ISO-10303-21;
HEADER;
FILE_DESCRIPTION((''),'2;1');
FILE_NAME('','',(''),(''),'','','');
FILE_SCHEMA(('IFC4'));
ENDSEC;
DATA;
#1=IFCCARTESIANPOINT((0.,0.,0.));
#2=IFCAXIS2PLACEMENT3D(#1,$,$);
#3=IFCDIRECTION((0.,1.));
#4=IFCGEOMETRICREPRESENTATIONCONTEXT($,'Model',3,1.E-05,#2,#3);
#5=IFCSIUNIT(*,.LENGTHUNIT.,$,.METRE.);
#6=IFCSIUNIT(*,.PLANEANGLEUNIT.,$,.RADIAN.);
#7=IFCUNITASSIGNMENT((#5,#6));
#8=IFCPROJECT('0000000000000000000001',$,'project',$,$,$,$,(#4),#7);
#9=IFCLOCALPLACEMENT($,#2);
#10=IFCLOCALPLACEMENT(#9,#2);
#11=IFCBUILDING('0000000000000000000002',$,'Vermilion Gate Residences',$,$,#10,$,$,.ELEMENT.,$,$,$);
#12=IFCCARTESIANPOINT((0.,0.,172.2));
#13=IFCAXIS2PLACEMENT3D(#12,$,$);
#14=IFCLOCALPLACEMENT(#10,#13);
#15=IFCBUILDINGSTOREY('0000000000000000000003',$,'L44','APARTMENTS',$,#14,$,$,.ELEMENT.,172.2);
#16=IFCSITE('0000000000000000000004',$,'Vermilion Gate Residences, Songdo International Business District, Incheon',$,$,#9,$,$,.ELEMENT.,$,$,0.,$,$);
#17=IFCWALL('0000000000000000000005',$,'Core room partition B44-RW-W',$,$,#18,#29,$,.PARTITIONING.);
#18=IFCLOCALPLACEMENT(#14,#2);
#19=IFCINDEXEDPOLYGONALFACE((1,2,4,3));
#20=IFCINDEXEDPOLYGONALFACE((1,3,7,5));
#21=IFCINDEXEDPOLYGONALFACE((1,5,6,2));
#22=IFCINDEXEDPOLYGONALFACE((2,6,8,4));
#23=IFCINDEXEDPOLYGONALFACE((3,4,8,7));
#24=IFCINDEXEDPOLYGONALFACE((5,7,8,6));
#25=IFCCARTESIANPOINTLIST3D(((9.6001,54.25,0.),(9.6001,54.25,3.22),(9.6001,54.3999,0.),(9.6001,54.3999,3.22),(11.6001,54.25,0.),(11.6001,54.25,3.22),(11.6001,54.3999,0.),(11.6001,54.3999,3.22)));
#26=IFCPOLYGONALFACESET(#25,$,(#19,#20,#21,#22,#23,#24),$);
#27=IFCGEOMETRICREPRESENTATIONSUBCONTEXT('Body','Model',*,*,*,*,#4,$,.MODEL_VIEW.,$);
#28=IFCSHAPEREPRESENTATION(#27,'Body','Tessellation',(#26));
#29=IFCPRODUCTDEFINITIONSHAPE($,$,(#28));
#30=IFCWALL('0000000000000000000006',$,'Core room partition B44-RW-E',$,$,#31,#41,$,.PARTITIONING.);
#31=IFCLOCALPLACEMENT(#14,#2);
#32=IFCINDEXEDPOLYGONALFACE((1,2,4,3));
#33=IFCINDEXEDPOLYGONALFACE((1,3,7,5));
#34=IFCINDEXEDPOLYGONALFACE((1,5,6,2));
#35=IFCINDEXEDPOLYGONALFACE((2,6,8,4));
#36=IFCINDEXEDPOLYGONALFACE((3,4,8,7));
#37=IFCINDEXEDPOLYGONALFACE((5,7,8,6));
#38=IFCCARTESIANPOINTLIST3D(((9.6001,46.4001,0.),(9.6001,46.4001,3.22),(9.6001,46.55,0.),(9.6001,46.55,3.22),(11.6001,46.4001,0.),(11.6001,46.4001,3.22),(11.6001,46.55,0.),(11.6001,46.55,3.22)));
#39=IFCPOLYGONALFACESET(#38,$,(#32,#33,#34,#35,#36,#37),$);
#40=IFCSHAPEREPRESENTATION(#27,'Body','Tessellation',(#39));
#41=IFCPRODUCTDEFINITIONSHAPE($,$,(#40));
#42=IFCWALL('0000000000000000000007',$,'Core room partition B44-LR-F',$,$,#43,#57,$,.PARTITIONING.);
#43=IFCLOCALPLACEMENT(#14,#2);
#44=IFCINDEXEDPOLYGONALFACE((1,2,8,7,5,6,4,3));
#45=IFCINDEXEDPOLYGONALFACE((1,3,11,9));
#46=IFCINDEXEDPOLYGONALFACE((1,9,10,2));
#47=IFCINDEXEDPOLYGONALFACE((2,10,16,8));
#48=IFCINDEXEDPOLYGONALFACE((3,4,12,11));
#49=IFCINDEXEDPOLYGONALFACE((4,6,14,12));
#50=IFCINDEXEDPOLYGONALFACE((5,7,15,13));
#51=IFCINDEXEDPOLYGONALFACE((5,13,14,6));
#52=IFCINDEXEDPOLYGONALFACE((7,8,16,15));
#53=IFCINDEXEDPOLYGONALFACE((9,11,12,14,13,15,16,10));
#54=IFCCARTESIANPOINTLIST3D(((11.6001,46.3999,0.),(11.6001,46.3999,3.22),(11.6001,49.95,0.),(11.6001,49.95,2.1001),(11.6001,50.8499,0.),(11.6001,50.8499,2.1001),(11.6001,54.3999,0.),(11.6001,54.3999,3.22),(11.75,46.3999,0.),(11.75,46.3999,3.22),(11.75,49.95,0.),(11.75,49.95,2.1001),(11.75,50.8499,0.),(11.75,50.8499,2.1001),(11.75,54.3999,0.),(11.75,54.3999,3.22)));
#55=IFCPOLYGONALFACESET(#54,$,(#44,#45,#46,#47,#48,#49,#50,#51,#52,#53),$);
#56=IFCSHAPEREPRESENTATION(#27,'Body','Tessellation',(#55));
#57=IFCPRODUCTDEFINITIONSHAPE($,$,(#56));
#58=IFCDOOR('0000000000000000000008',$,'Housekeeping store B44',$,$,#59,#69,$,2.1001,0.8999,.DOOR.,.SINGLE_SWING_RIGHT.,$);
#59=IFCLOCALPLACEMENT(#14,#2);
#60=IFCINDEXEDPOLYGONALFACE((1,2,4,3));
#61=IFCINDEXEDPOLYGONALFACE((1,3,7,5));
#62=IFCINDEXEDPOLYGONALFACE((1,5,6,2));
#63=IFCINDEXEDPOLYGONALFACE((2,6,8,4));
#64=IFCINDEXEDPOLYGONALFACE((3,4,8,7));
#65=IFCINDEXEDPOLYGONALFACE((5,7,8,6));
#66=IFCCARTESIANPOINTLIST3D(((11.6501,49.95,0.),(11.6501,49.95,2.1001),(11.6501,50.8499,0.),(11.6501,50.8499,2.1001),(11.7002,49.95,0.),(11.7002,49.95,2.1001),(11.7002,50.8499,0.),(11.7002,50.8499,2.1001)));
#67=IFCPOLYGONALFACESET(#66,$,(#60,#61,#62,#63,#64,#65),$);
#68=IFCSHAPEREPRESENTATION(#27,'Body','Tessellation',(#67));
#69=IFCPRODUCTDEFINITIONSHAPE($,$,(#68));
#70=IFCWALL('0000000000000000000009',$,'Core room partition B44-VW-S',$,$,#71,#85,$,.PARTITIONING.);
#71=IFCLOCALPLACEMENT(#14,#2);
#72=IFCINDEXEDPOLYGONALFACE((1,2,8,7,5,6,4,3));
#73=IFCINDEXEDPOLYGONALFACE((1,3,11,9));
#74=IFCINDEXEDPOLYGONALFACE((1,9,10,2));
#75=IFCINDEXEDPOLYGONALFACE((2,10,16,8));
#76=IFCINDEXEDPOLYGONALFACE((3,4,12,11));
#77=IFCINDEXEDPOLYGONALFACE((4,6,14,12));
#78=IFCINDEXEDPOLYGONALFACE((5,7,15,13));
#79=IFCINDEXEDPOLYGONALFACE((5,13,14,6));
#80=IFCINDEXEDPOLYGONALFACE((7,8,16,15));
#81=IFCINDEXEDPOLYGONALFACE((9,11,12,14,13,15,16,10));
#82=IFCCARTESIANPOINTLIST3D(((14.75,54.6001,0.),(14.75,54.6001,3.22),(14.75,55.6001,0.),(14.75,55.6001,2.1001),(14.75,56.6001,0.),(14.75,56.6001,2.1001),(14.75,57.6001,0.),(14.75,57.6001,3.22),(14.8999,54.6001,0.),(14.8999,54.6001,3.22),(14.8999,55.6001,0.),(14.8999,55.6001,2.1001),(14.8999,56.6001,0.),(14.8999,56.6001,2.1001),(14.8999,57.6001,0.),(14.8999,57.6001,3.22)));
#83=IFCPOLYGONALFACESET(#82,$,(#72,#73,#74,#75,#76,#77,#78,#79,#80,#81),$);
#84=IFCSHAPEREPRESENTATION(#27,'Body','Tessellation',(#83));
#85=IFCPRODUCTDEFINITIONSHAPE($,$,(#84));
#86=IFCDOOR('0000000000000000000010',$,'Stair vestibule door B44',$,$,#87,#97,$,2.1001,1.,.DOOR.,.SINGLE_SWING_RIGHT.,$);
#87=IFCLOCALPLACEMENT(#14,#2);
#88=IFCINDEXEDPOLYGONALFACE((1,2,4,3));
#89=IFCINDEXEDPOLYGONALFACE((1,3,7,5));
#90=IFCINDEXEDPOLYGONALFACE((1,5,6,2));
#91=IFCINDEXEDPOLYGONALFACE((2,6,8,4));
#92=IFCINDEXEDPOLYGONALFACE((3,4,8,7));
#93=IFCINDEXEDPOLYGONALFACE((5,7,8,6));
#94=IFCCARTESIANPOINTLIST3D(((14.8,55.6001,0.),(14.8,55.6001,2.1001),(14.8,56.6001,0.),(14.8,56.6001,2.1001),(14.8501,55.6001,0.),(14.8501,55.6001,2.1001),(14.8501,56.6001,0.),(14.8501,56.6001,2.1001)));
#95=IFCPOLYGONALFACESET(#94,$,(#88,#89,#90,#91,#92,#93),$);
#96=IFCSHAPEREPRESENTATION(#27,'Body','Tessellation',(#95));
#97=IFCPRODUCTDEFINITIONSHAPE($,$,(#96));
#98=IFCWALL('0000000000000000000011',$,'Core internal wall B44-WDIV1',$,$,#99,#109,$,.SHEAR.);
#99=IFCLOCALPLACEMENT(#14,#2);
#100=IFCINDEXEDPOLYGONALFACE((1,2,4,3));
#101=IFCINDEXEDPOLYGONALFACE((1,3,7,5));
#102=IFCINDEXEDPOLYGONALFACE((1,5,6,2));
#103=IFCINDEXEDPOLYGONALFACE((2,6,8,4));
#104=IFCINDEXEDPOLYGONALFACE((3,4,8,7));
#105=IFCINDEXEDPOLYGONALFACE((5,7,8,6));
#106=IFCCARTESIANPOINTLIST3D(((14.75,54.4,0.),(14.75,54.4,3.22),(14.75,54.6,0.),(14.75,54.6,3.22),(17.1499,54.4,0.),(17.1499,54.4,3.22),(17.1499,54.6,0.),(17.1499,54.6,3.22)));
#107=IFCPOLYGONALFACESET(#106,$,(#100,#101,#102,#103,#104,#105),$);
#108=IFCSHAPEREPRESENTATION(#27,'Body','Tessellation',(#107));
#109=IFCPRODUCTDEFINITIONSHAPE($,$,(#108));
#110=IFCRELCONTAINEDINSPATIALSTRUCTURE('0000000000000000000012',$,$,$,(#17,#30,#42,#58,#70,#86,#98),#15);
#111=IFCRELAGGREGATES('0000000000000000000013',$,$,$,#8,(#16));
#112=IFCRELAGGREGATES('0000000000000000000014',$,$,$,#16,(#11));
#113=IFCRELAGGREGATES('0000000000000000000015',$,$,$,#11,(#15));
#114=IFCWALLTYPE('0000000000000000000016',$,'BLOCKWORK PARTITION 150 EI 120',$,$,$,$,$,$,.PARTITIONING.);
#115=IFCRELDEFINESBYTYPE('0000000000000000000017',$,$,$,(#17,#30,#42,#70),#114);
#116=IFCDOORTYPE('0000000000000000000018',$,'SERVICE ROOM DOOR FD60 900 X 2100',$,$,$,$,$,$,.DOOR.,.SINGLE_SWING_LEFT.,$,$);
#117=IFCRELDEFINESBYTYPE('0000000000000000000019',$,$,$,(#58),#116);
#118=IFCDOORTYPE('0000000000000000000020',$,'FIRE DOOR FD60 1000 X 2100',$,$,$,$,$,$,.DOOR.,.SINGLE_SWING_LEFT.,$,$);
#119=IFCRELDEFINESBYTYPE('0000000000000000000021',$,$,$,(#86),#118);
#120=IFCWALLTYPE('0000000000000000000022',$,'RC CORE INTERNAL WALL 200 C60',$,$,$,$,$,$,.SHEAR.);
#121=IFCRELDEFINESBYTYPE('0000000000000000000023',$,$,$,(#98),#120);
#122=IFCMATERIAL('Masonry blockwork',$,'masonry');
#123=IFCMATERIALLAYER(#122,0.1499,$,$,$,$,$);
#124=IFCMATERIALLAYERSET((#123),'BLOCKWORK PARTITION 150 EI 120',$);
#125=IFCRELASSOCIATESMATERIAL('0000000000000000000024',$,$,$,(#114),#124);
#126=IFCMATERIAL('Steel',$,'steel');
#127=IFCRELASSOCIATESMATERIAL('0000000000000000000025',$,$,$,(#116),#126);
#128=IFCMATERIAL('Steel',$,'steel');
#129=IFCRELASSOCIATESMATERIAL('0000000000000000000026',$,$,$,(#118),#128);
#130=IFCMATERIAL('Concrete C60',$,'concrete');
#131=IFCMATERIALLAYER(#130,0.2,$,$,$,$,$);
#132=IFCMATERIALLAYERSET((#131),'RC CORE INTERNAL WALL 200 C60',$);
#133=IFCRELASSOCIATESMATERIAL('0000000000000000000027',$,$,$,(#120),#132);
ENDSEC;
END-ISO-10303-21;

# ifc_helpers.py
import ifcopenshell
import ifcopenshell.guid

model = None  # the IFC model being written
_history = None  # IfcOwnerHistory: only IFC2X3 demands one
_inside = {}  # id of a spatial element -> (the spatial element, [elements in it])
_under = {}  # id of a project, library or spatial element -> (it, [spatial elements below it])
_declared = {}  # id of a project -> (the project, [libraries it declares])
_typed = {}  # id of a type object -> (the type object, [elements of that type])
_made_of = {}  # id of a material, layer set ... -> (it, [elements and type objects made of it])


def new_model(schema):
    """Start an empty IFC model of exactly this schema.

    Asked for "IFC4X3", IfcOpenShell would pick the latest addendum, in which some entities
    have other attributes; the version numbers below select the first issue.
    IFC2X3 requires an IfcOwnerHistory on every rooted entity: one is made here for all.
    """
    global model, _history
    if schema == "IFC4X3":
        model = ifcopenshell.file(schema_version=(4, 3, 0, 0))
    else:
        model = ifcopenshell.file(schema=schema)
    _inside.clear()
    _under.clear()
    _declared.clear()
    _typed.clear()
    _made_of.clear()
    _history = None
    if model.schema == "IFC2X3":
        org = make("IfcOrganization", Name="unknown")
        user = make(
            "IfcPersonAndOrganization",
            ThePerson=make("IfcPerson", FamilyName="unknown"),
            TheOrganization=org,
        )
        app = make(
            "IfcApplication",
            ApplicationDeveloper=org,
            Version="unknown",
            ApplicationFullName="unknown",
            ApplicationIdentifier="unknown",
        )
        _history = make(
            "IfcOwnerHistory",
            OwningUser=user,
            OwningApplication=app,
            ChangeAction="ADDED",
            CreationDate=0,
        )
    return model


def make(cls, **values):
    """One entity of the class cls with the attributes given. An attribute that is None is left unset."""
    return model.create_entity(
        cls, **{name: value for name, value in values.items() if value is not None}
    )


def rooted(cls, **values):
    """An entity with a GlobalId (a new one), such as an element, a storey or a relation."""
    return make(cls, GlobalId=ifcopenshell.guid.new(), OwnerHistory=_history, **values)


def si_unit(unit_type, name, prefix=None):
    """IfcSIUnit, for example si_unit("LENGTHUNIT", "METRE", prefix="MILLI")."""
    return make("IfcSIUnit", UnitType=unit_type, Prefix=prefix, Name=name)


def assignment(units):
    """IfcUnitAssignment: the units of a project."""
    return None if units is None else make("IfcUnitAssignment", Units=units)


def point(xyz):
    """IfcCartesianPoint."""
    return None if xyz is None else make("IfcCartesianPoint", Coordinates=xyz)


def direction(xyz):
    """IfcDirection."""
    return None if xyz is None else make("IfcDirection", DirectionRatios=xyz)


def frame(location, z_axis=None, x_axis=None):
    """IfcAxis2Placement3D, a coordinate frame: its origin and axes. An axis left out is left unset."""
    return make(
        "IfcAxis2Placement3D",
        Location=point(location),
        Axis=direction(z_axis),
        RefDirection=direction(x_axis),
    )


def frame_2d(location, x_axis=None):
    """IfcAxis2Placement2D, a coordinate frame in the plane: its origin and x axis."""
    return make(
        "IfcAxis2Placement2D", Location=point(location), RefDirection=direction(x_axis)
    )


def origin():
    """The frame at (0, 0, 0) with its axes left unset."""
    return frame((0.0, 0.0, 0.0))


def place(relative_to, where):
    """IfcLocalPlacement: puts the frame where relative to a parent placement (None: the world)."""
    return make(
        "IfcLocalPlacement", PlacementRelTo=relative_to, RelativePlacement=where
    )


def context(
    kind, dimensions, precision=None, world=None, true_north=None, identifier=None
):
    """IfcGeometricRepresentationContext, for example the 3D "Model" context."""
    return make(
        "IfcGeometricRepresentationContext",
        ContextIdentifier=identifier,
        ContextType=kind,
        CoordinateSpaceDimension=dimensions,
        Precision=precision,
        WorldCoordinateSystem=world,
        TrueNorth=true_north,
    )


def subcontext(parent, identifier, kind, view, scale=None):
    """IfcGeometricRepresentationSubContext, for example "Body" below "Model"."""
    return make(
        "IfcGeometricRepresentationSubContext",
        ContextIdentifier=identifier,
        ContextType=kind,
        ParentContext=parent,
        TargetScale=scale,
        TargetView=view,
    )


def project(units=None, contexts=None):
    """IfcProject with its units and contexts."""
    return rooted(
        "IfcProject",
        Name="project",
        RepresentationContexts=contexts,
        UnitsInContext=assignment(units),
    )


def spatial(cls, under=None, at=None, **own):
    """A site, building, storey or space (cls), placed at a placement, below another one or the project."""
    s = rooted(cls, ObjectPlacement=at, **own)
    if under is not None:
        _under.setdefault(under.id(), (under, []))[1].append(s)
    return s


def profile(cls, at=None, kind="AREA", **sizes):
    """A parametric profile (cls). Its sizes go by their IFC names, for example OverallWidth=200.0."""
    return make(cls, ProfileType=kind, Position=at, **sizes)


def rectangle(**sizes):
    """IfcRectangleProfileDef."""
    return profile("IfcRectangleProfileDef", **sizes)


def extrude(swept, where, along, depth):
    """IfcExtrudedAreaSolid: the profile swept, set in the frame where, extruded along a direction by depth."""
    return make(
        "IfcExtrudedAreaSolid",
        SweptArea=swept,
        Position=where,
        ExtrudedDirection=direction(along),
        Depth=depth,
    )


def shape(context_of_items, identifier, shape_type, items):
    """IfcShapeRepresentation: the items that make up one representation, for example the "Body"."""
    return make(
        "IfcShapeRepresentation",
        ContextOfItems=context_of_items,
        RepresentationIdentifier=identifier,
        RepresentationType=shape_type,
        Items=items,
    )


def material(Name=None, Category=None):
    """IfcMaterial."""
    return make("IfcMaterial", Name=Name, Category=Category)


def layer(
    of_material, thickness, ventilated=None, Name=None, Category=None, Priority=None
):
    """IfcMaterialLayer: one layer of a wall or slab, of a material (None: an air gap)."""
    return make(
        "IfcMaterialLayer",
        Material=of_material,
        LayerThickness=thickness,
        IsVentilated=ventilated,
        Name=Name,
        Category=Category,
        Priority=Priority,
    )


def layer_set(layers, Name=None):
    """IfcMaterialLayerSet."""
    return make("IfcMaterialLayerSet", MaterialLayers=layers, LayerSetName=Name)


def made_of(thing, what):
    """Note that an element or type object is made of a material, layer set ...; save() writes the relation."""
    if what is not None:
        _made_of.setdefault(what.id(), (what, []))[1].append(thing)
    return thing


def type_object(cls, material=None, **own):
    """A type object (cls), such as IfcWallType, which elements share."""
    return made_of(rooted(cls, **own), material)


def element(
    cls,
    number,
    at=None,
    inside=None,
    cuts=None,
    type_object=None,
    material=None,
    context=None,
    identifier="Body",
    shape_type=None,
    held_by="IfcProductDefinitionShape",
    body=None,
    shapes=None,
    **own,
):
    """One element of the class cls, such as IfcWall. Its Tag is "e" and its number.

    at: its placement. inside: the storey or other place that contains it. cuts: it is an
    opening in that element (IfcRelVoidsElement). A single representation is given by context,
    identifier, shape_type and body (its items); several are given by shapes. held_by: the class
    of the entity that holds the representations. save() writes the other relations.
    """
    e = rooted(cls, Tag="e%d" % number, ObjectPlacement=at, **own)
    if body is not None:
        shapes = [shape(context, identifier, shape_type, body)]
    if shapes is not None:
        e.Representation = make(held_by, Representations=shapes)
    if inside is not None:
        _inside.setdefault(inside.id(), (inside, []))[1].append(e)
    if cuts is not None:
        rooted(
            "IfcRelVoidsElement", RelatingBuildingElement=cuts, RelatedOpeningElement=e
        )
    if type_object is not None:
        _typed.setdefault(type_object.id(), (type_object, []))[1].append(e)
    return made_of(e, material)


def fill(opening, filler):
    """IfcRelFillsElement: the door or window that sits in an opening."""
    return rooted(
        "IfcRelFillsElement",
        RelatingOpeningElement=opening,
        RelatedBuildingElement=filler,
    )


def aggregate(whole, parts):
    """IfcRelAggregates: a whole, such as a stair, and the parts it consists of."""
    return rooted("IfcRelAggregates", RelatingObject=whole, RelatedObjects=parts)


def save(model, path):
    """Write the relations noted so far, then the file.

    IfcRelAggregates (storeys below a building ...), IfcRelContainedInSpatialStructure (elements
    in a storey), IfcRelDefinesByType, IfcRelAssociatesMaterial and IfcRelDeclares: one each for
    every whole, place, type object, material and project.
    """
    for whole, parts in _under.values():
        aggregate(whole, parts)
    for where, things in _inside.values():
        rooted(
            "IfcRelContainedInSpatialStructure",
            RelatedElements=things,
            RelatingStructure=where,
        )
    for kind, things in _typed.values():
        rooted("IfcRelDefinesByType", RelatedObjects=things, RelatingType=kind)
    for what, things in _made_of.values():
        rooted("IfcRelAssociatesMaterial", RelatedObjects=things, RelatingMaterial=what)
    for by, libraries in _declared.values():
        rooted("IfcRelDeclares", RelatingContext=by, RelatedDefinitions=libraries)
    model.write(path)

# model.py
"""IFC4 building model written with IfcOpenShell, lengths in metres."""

from ifc_helpers import new_model, si_unit, direction, frame, frame_2d, origin, place, context, subcontext, project, spatial, rectangle, extrude, material, layer, layer_set, type_object, element, fill, save


model = new_model("IFC4")

# Units and contexts
model_context = context("Model", 3, precision=1e-05, world=origin(), true_north=direction((0.0, 1.0)))
body_context = subcontext(model_context, "Body", "Model", "MODEL_VIEW")
ifc_project = project(units=[si_unit("LENGTHUNIT", "METRE"), si_unit("PLANEANGLEUNIT", "RADIAN")], contexts=[model_context])

# Site, building, storey
site_placement = place(None, origin())
site = spatial("IfcSite", under=ifc_project, at=site_placement, Name="Vermilion Gate Residences, Songdo International Business District, Incheon", CompositionType="ELEMENT", RefElevation=0.0)
building_placement = place(site_placement, origin())
building = spatial("IfcBuilding", under=site, at=building_placement, Name="Vermilion Gate Residences", CompositionType="ELEMENT")
storey_placement = place(building_placement, frame((0.0, 0.0, 172.2)))
storey = spatial("IfcBuildingStorey", under=building, at=storey_placement, Name="L44", Description="APARTMENTS", CompositionType="ELEMENT", Elevation=172.2)

# Walls
ifc_material_1 = material(Name="Masonry blockwork", Category="masonry")
ifc_layer_1 = layer(ifc_material_1, 0.1499)
ifc_layer_set_1 = layer_set([ifc_layer_1], Name="BLOCKWORK PARTITION 150 EI 120")
wall_type_1 = type_object("IfcWallType", Name="BLOCKWORK PARTITION 150 EI 120", PredefinedType="PARTITIONING", material=ifc_layer_set_1)
for number, where, z_axis, x_axis, name in (
    (1, (9.6001, 54.325, 0.0), (0.0, 0.0, 1.0), (1.0, 0.0, 0.0), "Core room partition B44-RW-W"),
    (2, (9.6001, 46.4751, 0.0), (0.0, 0.0, 1.0), (1.0, 0.0, 0.0), "Core room partition B44-RW-E"),
):
    element("IfcWall", number, at=place(storey_placement, frame(where, z_axis=z_axis, x_axis=x_axis)), inside=storey, type_object=wall_type_1, Name=name, PredefinedType="PARTITIONING", context=body_context, shape_type="SweptSolid", body=[
        extrude(rectangle(XDim=2.0, YDim=0.1499, at=frame_2d((1.0, 0.0))), origin(), (0.0, 0.0, 1.0), 3.22),
    ])

# Walls, openings, doors
wall_1_placement = place(storey_placement, frame((11.675, 54.3999, 0.0), z_axis=(0.0, 0.0, 1.0), x_axis=(0.0, -1.0, 0.0)))
wall_1 = element("IfcWall", 3, at=wall_1_placement, inside=storey, type_object=wall_type_1, Name="Core room partition B44-LR-F", PredefinedType="PARTITIONING", context=body_context, shape_type="SweptSolid", body=[
    extrude(rectangle(XDim=8.0, YDim=0.1499, at=frame_2d((4.0, 0.0))), origin(), (0.0, 0.0, 1.0), 3.22),
])
opening_1_placement = place(wall_1_placement, frame((3.55, 0.0, 0.0)))
opening_1 = element("IfcOpeningElement", 4, at=opening_1_placement, cuts=wall_1, PredefinedType="OPENING", context=body_context, shape_type="SweptSolid", body=[
    extrude(rectangle(XDim=0.8999, YDim=2.1001, at=frame_2d((0.45, 1.05))), frame((0.0, 0.085, 0.0), z_axis=(0.0, -1.0, 0.0), x_axis=(1.0, 0.0, 0.0)), (0.0, 0.0, 1.0), 0.1699),
])
ifc_material_2 = material(Name="Steel", Category="steel")
door_type_1 = type_object("IfcDoorType", Name="SERVICE ROOM DOOR FD60 900 X 2100", OperationType="SINGLE_SWING_LEFT", PredefinedType="DOOR", material=ifc_material_2)
door_1_placement = place(opening_1_placement, frame((0.8999, 0.0, 0.0), z_axis=(0.0, 0.0, 1.0), x_axis=(-1.0, 0.0, 0.0)))
door_1 = element("IfcDoor", 5, at=door_1_placement, inside=storey, type_object=door_type_1, Name="Housekeeping store B44", OperationType="SINGLE_SWING_RIGHT", OverallHeight=2.1001, OverallWidth=0.8999, PredefinedType="DOOR", context=body_context, shape_type="SweptSolid", body=[
    extrude(rectangle(XDim=0.8999, YDim=2.1001, at=frame_2d((0.45, 1.05))), frame((0.0, 0.0249, 0.0), z_axis=(0.0, -1.0, 0.0), x_axis=(1.0, 0.0, 0.0)), (0.0, 0.0, 1.0), 0.05),
])
fill(opening_1, door_1)
wall_2_placement = place(storey_placement, frame((14.825, 57.6001, 0.0), z_axis=(0.0, 0.0, 1.0), x_axis=(0.0, -1.0, 0.0)))
wall_2 = element("IfcWall", 6, at=wall_2_placement, inside=storey, type_object=wall_type_1, Name="Core room partition B44-VW-S", PredefinedType="PARTITIONING", context=body_context, shape_type="SweptSolid", body=[
    extrude(rectangle(XDim=3.0, YDim=0.1499, at=frame_2d((1.5, 0.0))), origin(), (0.0, 0.0, 1.0), 3.22),
])
opening_2_placement = place(wall_2_placement, frame((1.0, 0.0, 0.0)))
opening_2 = element("IfcOpeningElement", 7, at=opening_2_placement, cuts=wall_2, PredefinedType="OPENING", context=body_context, shape_type="SweptSolid", body=[
    extrude(rectangle(XDim=1.0, YDim=2.1001, at=frame_2d((0.5, 1.05))), frame((0.0, 0.085, 0.0), z_axis=(0.0, -1.0, 0.0), x_axis=(1.0, 0.0, 0.0)), (0.0, 0.0, 1.0), 0.1699),
])
ifc_material_3 = material(Name="Steel", Category="steel")
door_type_2 = type_object("IfcDoorType", Name="FIRE DOOR FD60 1000 X 2100", OperationType="SINGLE_SWING_LEFT", PredefinedType="DOOR", material=ifc_material_3)
door_2_placement = place(opening_2_placement, frame((1.0, 0.0, 0.0), z_axis=(0.0, 0.0, 1.0), x_axis=(-1.0, 0.0, 0.0)))
door_2 = element("IfcDoor", 8, at=door_2_placement, inside=storey, type_object=door_type_2, Name="Stair vestibule door B44", OperationType="SINGLE_SWING_RIGHT", OverallHeight=2.1001, OverallWidth=1.0, PredefinedType="DOOR", context=body_context, shape_type="SweptSolid", body=[
    extrude(rectangle(XDim=1.0, YDim=2.1001, at=frame_2d((0.5, 1.05))), frame((0.0, 0.0249, 0.0), z_axis=(0.0, -1.0, 0.0), x_axis=(1.0, 0.0, 0.0)), (0.0, 0.0, 1.0), 0.05),
])
fill(opening_2, door_2)

# Wall
ifc_material_4 = material(Name="Concrete C60", Category="concrete")
ifc_layer_2 = layer(ifc_material_4, 0.2)
ifc_layer_set_2 = layer_set([ifc_layer_2], Name="RC CORE INTERNAL WALL 200 C60")
wall_type_2 = type_object("IfcWallType", Name="RC CORE INTERNAL WALL 200 C60", PredefinedType="SHEAR", material=ifc_layer_set_2)
wall_3_placement = place(storey_placement, frame((14.75, 54.5, 0.0), z_axis=(0.0, 0.0, 1.0), x_axis=(1.0, 0.0, 0.0)))
element("IfcWall", 9, at=wall_3_placement, inside=storey, type_object=wall_type_2, Name="Core internal wall B44-WDIV1", PredefinedType="SHEAR", context=body_context, shape_type="SweptSolid", body=[
    extrude(rectangle(XDim=2.3999, YDim=0.2, at=frame_2d((1.2, 0.0))), origin(), (0.0, 0.0, 1.0), 3.22),
])

save(model, "model.ifc")
